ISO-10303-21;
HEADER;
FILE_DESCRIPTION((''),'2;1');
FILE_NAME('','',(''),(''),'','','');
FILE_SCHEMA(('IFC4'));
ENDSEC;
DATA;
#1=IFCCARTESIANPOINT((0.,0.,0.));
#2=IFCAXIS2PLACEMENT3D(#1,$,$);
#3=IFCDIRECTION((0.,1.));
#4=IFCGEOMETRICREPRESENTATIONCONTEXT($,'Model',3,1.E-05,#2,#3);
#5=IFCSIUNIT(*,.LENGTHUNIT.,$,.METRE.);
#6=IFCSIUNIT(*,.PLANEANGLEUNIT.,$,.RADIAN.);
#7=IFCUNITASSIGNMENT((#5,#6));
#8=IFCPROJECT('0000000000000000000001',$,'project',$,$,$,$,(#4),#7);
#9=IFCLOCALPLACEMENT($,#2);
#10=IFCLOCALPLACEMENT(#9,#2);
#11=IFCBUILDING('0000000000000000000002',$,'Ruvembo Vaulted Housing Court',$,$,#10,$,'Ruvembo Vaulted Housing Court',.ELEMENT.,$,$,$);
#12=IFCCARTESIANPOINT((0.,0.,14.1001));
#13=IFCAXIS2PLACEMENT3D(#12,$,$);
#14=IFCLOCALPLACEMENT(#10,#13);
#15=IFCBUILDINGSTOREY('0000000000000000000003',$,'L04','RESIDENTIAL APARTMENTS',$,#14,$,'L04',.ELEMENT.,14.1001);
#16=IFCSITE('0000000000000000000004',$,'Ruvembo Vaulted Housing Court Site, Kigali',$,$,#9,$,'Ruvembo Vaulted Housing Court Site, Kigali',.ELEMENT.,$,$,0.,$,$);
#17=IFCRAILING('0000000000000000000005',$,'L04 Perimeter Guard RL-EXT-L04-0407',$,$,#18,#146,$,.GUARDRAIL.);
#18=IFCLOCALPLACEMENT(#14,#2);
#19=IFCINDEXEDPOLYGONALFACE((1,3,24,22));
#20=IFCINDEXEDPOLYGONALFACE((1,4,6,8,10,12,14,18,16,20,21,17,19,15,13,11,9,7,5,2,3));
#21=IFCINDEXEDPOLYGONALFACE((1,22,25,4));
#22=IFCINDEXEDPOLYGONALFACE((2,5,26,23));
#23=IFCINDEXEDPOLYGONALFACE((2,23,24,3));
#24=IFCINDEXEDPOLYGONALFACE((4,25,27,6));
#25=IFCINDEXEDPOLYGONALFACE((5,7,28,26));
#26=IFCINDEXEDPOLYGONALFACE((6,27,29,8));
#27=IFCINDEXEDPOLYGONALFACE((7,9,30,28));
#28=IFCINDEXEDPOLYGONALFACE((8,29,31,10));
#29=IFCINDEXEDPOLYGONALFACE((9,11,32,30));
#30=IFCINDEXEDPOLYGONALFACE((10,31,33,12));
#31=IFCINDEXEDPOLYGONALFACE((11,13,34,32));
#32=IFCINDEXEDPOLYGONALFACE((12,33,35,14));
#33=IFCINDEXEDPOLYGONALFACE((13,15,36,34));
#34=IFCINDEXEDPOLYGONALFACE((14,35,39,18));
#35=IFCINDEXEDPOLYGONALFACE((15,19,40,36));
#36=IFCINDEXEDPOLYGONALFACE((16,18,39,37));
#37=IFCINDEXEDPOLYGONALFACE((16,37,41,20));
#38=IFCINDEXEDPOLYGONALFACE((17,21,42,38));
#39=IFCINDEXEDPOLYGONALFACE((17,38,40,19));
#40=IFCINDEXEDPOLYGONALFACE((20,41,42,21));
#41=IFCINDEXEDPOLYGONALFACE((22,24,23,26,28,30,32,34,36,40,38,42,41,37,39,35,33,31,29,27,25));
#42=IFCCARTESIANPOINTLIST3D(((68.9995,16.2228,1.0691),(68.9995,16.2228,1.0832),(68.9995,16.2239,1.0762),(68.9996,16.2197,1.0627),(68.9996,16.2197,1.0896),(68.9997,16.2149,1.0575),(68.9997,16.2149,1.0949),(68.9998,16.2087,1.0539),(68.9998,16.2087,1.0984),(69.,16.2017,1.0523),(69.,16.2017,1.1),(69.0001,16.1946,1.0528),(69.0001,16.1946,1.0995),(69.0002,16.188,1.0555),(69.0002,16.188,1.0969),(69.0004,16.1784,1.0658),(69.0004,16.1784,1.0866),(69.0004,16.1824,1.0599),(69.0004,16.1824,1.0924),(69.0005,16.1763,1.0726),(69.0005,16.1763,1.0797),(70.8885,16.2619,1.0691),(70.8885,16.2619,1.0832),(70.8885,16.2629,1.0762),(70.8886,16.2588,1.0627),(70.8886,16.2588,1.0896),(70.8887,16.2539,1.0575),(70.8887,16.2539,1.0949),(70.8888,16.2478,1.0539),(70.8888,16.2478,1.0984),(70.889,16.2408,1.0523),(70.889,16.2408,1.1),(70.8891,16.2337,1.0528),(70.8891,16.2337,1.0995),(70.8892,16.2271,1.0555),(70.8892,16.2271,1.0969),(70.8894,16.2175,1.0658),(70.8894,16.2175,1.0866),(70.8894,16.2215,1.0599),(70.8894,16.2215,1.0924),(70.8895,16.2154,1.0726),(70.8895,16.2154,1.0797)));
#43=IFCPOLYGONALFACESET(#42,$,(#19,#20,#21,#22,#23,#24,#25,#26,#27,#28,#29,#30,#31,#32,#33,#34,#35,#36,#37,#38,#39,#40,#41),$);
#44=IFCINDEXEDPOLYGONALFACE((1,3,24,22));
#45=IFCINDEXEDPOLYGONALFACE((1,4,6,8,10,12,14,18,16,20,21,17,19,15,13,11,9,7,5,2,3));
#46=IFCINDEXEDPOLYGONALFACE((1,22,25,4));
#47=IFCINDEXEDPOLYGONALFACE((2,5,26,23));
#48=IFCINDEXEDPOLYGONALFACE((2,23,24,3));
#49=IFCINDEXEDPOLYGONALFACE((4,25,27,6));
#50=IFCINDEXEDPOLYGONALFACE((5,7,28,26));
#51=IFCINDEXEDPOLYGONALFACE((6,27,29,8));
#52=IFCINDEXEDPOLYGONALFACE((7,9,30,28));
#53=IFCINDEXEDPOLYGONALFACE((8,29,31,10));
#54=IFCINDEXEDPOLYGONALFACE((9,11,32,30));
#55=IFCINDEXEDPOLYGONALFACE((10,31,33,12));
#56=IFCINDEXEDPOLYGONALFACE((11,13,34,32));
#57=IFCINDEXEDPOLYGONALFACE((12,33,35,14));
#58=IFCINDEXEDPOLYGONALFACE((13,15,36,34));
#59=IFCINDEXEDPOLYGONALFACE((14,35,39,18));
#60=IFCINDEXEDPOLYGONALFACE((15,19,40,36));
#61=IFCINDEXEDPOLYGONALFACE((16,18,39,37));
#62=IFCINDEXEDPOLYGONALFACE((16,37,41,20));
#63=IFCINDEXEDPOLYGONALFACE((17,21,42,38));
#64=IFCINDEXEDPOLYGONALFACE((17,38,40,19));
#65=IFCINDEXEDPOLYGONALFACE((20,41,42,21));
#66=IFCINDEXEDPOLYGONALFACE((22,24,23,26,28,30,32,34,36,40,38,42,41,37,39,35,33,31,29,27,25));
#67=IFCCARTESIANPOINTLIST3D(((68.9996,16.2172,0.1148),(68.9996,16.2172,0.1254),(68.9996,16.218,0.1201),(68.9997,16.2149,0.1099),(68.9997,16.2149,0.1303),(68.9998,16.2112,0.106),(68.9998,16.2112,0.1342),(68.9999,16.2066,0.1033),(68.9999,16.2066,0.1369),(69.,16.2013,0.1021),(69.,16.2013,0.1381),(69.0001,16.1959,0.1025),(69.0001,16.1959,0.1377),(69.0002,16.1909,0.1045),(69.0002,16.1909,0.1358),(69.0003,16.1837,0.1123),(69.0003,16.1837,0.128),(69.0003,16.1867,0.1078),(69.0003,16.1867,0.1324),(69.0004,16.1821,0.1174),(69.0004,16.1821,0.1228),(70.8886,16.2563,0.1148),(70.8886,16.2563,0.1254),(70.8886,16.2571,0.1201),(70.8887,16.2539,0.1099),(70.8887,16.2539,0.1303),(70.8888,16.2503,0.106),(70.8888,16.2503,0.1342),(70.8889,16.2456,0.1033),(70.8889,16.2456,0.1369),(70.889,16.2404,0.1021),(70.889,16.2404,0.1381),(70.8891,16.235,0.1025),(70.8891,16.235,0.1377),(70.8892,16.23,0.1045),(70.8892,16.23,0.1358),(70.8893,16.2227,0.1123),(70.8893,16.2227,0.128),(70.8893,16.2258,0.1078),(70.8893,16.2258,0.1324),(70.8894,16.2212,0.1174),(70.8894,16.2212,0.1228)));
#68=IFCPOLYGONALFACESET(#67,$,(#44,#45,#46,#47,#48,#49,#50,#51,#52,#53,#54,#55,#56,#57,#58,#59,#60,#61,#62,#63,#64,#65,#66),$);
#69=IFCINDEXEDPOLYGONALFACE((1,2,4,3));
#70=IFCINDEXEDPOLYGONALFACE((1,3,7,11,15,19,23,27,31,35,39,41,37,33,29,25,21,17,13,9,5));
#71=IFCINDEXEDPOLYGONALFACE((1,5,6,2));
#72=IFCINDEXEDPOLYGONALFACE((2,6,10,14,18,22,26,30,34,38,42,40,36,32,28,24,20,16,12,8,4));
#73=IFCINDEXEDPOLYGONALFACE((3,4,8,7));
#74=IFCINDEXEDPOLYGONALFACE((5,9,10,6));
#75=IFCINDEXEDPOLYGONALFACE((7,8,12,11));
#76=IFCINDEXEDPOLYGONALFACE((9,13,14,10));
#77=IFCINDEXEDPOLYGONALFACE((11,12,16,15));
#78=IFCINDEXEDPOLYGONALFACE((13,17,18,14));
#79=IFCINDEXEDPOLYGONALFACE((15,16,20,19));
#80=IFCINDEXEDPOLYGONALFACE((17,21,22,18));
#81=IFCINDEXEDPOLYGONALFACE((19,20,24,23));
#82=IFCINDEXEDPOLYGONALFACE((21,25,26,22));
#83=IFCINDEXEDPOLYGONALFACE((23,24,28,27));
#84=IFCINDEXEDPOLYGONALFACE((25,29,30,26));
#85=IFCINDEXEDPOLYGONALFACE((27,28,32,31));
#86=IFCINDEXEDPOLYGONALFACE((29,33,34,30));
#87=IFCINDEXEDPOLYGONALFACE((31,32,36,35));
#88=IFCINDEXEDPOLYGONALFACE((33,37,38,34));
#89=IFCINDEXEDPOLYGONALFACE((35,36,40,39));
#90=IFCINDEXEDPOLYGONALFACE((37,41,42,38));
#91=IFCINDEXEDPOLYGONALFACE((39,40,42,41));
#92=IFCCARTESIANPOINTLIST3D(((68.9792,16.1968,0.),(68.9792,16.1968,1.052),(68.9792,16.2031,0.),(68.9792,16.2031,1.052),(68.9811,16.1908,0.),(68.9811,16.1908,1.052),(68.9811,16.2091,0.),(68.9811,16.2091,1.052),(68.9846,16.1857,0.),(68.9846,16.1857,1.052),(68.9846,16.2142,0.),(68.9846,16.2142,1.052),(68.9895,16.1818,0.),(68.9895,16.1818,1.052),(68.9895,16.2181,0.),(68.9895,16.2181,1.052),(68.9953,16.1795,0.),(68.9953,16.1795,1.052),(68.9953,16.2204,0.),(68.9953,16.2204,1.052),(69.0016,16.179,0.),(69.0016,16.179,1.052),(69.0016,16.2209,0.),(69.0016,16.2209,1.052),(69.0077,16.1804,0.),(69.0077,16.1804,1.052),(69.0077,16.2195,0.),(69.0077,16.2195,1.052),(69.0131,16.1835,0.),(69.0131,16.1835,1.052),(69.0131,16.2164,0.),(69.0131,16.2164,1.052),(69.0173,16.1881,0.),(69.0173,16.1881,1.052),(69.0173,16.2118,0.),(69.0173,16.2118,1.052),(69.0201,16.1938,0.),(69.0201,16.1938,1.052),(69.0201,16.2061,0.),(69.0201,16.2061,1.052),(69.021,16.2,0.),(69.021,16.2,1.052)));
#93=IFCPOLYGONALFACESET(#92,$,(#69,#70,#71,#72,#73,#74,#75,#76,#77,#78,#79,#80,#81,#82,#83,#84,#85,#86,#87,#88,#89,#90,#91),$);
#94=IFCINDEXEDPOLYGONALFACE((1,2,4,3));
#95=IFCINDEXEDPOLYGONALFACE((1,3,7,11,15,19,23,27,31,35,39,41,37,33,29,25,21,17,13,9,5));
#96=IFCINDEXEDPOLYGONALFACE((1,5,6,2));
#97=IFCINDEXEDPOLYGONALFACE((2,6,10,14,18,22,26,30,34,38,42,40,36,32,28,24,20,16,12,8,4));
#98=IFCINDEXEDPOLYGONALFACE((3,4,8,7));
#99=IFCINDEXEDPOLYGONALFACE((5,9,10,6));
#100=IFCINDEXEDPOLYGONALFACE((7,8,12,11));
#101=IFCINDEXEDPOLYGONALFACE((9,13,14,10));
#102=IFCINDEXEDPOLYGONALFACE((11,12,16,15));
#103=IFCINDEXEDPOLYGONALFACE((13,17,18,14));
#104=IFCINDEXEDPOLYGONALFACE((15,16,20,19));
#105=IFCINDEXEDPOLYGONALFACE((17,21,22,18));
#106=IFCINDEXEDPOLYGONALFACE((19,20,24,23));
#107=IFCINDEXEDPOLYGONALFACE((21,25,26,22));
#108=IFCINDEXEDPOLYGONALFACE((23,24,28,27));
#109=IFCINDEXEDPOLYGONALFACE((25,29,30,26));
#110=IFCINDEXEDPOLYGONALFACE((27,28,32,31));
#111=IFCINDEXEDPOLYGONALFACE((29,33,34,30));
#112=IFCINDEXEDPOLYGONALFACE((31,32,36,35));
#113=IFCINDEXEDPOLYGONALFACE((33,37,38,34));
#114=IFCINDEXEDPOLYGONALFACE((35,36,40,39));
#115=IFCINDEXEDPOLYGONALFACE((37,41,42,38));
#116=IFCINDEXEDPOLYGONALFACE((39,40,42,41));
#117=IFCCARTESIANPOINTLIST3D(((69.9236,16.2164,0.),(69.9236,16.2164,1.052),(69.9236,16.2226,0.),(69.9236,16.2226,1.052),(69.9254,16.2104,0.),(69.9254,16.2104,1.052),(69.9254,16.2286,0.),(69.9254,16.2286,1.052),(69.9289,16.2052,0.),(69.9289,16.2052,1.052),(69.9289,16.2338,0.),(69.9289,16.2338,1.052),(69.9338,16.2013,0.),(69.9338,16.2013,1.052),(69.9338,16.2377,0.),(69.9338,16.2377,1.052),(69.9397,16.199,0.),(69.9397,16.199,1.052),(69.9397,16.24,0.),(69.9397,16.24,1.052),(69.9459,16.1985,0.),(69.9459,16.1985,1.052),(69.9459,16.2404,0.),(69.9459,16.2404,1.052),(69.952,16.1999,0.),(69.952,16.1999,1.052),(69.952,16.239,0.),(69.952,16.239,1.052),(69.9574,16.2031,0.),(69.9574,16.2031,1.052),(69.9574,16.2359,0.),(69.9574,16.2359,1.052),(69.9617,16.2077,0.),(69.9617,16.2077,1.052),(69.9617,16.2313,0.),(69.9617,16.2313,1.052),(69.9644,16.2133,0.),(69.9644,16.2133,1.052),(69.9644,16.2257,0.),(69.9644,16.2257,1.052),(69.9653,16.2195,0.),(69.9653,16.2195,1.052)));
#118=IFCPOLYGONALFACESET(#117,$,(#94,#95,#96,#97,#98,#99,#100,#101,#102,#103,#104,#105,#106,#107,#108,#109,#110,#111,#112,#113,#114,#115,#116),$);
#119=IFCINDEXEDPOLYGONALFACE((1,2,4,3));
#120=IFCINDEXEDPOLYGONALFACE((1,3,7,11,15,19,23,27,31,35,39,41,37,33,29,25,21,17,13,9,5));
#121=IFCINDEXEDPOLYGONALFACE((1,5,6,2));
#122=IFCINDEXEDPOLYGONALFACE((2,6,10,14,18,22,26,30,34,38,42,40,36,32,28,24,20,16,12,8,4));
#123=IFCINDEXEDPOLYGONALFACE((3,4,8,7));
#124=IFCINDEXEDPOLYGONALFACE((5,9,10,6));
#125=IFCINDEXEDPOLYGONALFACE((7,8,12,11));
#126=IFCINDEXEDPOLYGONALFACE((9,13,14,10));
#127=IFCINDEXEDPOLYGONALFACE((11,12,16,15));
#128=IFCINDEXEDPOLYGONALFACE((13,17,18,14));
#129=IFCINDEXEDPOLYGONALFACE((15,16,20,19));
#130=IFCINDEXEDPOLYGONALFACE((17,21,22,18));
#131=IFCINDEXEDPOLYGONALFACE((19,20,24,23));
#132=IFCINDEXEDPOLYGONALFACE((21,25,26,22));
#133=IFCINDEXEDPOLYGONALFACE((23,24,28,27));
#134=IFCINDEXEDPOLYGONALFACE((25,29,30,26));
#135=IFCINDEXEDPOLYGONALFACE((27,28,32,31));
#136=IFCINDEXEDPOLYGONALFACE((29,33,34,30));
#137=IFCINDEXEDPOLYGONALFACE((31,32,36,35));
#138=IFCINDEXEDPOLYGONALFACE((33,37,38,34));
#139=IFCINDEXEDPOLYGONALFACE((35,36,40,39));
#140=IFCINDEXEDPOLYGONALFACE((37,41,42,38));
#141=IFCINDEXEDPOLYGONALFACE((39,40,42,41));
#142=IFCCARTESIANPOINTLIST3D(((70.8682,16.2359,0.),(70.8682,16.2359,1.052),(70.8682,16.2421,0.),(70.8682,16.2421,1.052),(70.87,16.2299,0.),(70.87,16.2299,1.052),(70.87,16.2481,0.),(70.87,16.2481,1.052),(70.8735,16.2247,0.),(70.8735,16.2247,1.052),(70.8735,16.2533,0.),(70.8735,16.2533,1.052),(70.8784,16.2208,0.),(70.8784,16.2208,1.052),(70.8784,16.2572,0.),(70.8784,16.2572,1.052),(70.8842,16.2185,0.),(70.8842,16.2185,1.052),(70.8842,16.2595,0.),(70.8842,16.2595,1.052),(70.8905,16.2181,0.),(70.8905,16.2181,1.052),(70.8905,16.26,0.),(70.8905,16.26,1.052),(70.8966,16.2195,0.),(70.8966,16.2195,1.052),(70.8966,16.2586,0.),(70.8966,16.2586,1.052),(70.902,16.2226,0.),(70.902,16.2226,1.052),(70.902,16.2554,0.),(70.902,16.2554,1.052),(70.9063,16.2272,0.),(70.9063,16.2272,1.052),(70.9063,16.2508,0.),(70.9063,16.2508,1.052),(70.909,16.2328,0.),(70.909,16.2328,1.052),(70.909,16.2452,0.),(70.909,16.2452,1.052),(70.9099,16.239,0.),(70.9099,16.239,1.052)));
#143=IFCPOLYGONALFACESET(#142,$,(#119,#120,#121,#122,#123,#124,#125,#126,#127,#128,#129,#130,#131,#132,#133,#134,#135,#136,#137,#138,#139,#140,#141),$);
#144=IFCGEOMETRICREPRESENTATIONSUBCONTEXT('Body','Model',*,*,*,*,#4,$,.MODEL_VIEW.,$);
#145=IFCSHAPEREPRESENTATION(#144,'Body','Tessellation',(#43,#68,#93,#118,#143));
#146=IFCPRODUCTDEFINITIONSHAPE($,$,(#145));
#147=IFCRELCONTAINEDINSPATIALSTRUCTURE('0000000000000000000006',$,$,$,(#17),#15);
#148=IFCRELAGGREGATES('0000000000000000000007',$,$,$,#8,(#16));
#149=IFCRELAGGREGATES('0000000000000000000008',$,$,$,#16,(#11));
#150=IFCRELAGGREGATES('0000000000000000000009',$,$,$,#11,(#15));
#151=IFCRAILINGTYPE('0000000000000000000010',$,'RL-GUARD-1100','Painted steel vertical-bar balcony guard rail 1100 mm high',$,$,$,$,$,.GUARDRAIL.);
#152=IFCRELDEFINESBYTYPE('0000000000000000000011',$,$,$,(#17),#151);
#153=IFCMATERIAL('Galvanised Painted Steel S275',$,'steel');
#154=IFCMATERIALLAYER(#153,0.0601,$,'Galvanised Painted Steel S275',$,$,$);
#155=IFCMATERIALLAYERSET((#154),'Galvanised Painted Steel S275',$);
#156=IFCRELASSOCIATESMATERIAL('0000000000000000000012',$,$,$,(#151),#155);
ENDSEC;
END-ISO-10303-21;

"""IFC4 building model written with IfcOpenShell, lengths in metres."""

from ifc_helpers import new_model, si_unit, direction, frame, origin, origin_2d, place, context, subcontext, project, spatial, circle, extrude, material, layer, layer_set, type_object, element, save


model = new_model("IFC4")

# Units and contexts
model_context = context("Model", 3, precision=1e-05, world=origin(), true_north=direction((0.0, 1.0)))
body_context = subcontext(model_context, "Body", "Model", "MODEL_VIEW")
ifc_project = project(units=[si_unit("LENGTHUNIT", "METRE"), si_unit("PLANEANGLEUNIT", "RADIAN")], contexts=[model_context])

# Site, building, storey
site_placement = place(None, origin())
site = spatial("IfcSite", under=ifc_project, at=site_placement, Name="Ruvembo Vaulted Housing Court Site, Kigali", LongName="Ruvembo Vaulted Housing Court Site, Kigali", CompositionType="ELEMENT", RefElevation=0.0)
building_placement = place(site_placement, origin())
building = spatial("IfcBuilding", under=site, at=building_placement, Name="Ruvembo Vaulted Housing Court", LongName="Ruvembo Vaulted Housing Court", CompositionType="ELEMENT")
storey_placement = place(building_placement, frame((0.0, 0.0, 14.1001)))
storey = spatial("IfcBuildingStorey", under=building, at=storey_placement, Name="L04", Description="RESIDENTIAL APARTMENTS", LongName="L04", CompositionType="ELEMENT", Elevation=14.1001)

# Railing
ifc_material_1 = material(Name="Galvanised Painted Steel S275", Category="steel")
ifc_layer_1 = layer(ifc_material_1, 0.0601, Name="Galvanised Painted Steel S275")
ifc_layer_set_1 = layer_set([ifc_layer_1], Name="Galvanised Painted Steel S275")
railing_type = type_object("IfcRailingType", Name="RL-GUARD-1100", Description="Painted steel vertical-bar balcony guard rail 1100 mm high", PredefinedType="GUARDRAIL", material=ifc_layer_set_1)
railing_placement = place(storey_placement, frame((69.0, 16.2, 0.0)))
element("IfcRailing", 1, at=railing_placement, inside=storey, type_object=railing_type, Name="L04 Perimeter Guard RL-EXT-L04-0407", PredefinedType="GUARDRAIL", context=body_context, shape_type="SweptSolid", body=[
    extrude(circle(Radius=0.0239, at=origin_2d()), frame((0.0, 0.0, 1.0762), z_axis=(0.999786, 0.020675, 0.0), x_axis=(-0.020675, 0.999786, 0.0)), (0.0, 0.0, 1.0), 1.8894),
    extrude(circle(Radius=0.0181, at=origin_2d()), frame((0.0, 0.0, 0.1201), z_axis=(0.999786, 0.020675, 0.0), x_axis=(-0.020675, 0.999786, 0.0)), (0.0, 0.0, 1.0), 1.8894),
    extrude(circle(Radius=0.021, at=origin_2d()), origin(), (0.0, 0.0, 1.0), 1.052),
    extrude(circle(Radius=0.021, at=origin_2d()), frame((0.9443, 0.0195, 0.0)), (0.0, 0.0, 1.0), 1.052),
    extrude(circle(Radius=0.021, at=origin_2d()), frame((1.8889, 0.0391, 0.0)), (0.0, 0.0, 1.0), 1.052),
])

save(model, "model.ifc")
